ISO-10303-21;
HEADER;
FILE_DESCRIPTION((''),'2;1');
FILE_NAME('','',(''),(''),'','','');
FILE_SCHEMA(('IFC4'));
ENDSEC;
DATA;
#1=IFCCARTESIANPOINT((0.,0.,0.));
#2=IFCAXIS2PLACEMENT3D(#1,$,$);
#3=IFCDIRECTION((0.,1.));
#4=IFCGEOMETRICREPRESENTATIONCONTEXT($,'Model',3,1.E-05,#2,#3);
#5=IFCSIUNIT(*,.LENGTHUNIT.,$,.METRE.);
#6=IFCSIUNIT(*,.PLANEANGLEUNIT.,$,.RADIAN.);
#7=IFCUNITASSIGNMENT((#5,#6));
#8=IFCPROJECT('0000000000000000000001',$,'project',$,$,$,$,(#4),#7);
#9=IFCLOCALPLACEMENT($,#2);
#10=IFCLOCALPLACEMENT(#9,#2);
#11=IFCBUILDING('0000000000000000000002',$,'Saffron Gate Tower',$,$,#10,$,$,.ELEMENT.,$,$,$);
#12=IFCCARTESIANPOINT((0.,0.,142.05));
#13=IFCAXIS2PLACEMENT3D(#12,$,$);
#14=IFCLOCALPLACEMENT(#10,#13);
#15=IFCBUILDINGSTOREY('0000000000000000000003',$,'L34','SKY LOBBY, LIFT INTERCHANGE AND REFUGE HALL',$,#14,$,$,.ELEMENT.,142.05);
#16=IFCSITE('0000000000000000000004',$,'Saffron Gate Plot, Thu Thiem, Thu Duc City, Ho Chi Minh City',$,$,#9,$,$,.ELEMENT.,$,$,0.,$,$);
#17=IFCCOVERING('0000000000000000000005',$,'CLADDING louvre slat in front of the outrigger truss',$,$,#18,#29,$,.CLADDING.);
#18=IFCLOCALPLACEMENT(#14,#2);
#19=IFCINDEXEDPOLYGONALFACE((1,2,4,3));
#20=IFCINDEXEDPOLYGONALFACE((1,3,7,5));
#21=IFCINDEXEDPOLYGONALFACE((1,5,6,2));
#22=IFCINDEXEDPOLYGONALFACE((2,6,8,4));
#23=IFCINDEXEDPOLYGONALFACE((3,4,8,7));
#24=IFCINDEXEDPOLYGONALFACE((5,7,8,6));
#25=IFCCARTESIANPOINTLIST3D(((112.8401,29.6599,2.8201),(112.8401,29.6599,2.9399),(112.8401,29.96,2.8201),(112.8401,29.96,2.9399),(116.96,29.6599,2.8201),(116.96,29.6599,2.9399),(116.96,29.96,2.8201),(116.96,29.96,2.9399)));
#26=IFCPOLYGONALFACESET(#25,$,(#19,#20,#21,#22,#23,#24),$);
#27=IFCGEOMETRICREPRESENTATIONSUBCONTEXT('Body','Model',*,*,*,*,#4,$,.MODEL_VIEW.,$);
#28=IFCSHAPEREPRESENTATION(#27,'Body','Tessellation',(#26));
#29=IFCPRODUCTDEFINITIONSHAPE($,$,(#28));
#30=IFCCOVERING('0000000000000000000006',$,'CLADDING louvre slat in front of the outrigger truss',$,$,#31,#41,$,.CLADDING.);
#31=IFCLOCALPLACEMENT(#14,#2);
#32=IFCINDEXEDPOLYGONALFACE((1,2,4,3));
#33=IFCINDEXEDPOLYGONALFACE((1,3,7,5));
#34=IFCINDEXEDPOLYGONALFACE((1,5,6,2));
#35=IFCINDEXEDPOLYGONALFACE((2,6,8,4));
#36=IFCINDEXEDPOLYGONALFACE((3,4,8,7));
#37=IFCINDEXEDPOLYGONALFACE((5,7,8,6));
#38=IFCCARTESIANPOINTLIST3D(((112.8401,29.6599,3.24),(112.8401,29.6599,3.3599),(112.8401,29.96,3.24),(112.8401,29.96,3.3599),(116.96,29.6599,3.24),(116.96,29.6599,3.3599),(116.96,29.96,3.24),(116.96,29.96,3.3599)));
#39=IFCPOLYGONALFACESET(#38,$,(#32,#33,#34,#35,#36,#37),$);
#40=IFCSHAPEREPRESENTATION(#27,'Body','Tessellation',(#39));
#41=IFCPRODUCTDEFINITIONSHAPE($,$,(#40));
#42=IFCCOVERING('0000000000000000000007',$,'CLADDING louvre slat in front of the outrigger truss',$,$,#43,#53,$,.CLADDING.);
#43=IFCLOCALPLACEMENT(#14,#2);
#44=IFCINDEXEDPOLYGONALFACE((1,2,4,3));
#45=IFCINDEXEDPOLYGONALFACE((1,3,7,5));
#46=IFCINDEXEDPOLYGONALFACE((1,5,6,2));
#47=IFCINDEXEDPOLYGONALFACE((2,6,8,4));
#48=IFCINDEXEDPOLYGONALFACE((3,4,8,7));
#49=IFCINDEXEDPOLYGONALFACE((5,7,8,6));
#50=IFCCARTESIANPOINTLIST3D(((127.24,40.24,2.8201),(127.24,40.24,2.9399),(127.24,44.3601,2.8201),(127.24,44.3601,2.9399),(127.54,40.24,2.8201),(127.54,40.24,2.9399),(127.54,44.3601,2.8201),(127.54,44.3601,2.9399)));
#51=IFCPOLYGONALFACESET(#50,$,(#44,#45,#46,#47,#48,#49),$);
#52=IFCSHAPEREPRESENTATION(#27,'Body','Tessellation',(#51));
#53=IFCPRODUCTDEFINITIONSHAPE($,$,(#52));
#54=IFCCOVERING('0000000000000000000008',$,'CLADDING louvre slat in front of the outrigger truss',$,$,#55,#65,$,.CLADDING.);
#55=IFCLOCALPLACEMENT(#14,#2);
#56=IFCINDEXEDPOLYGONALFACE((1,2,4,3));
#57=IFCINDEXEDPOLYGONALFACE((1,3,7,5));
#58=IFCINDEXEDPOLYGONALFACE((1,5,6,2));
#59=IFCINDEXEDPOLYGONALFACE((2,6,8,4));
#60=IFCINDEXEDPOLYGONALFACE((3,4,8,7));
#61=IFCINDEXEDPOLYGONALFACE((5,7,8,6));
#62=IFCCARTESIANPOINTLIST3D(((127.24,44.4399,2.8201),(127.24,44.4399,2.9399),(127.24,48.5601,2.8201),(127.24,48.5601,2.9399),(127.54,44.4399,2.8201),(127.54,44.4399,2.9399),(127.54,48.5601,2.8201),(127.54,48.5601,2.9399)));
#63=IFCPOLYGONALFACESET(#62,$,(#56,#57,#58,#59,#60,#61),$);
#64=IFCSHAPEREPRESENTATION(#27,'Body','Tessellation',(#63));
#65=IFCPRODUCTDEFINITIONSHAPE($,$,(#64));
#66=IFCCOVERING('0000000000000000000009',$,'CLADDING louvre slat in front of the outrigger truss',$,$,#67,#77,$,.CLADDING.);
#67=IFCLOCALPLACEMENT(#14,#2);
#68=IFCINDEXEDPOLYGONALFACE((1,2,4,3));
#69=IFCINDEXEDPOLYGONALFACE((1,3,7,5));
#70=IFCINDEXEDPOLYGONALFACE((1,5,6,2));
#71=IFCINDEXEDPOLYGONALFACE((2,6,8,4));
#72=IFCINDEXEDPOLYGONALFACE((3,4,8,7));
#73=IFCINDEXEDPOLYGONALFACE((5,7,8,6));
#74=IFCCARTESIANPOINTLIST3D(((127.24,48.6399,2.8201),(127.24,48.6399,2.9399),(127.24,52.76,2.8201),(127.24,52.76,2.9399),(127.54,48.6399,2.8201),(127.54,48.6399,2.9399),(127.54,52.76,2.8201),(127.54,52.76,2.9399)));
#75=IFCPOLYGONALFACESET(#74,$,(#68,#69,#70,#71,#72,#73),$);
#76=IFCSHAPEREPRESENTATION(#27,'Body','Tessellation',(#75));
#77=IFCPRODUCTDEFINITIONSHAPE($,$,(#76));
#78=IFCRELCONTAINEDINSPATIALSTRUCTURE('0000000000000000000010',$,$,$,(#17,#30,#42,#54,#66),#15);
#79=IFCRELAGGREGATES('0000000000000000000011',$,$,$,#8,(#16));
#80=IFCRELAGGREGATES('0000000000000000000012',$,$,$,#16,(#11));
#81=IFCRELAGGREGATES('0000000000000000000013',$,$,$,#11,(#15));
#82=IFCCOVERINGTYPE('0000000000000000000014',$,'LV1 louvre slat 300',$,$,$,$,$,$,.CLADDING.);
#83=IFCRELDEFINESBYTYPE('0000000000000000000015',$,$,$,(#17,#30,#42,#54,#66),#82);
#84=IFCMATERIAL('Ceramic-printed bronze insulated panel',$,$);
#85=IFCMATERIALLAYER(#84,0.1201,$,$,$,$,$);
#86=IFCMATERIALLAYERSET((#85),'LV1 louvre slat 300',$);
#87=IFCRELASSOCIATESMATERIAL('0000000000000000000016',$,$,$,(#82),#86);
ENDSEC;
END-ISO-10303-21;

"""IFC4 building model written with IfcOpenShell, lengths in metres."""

from ifc_helpers import new_model, si_unit, direction, frame, origin, place, context, subcontext, project, spatial, polyline, outline, extrude, material, layer, layer_set, type_object, element, save


model = new_model("IFC4")

# Units and contexts
model_context = context("Model", 3, precision=1e-05, world=origin(), true_north=direction((0.0, 1.0)))
body_context = subcontext(model_context, "Body", "Model", "MODEL_VIEW")
ifc_project = project(units=[si_unit("LENGTHUNIT", "METRE"), si_unit("PLANEANGLEUNIT", "RADIAN")], contexts=[model_context])

# Site, building, storey
site_placement = place(None, origin())
site = spatial("IfcSite", under=ifc_project, at=site_placement, Name="Saffron Gate Plot, Thu Thiem, Thu Duc City, Ho Chi Minh City", CompositionType="ELEMENT", RefElevation=0.0)
building_placement = place(site_placement, origin())
building = spatial("IfcBuilding", under=site, at=building_placement, Name="Saffron Gate Tower", CompositionType="ELEMENT")
storey_placement = place(building_placement, frame((0.0, 0.0, 142.05)))
storey = spatial("IfcBuildingStorey", under=building, at=storey_placement, Name="L34", Description="SKY LOBBY, LIFT INTERCHANGE AND REFUGE HALL", CompositionType="ELEMENT", Elevation=142.05)

# Coverings
ifc_material = material(Name="Ceramic-printed bronze insulated panel")
ifc_layer = layer(ifc_material, 0.1201)
ifc_layer_set = layer_set([ifc_layer], Name="LV1 louvre slat 300")
covering_type = type_object("IfcCoveringType", Name="LV1 louvre slat 300", PredefinedType="CLADDING", material=ifc_layer_set)
for number, where, name in (
    (1, (0.0, 0.0, 2.8201), "CLADDING louvre slat in front of the outrigger truss"),
    (2, (0.0, 0.0, 3.24), "CLADDING louvre slat in front of the outrigger truss"),
):
    element("IfcCovering", number, at=place(storey_placement, frame(where)), inside=storey, type_object=covering_type, Name=name, PredefinedType="CLADDING", context=body_context, shape_type="SweptSolid", body=[
        extrude(outline(polyline([(112.8401, 29.6599), (116.96, 29.6599), (116.96, 29.96), (112.8401, 29.96), (112.8401, 29.6599)])), origin(), (0.0, 0.0, 1.0), 0.1199),
    ])
covering_1_placement = place(storey_placement, frame((0.0, 0.0, 2.8201)))
element("IfcCovering", 3, at=covering_1_placement, inside=storey, type_object=covering_type, Name="CLADDING louvre slat in front of the outrigger truss", PredefinedType="CLADDING", context=body_context, shape_type="SweptSolid", body=[
    extrude(outline(polyline([(127.54, 40.24), (127.54, 44.3601), (127.24, 44.3601), (127.24, 40.24), (127.54, 40.24)])), origin(), (0.0, 0.0, 1.0), 0.1199),
])
covering_2_placement = place(storey_placement, frame((0.0, 0.0, 2.8201)))
element("IfcCovering", 4, at=covering_2_placement, inside=storey, type_object=covering_type, Name="CLADDING louvre slat in front of the outrigger truss", PredefinedType="CLADDING", context=body_context, shape_type="SweptSolid", body=[
    extrude(outline(polyline([(127.54, 44.4399), (127.54, 48.5601), (127.24, 48.5601), (127.24, 44.4399), (127.54, 44.4399)])), origin(), (0.0, 0.0, 1.0), 0.1199),
])
covering_3_placement = place(storey_placement, frame((0.0, 0.0, 2.8201)))
element("IfcCovering", 5, at=covering_3_placement, inside=storey, type_object=covering_type, Name="CLADDING louvre slat in front of the outrigger truss", PredefinedType="CLADDING", context=body_context, shape_type="SweptSolid", body=[
    extrude(outline(polyline([(127.54, 48.6399), (127.54, 52.76), (127.24, 52.76), (127.24, 48.6399), (127.54, 48.6399)])), origin(), (0.0, 0.0, 1.0), 0.1199),
])

save(model, "model.ifc")
